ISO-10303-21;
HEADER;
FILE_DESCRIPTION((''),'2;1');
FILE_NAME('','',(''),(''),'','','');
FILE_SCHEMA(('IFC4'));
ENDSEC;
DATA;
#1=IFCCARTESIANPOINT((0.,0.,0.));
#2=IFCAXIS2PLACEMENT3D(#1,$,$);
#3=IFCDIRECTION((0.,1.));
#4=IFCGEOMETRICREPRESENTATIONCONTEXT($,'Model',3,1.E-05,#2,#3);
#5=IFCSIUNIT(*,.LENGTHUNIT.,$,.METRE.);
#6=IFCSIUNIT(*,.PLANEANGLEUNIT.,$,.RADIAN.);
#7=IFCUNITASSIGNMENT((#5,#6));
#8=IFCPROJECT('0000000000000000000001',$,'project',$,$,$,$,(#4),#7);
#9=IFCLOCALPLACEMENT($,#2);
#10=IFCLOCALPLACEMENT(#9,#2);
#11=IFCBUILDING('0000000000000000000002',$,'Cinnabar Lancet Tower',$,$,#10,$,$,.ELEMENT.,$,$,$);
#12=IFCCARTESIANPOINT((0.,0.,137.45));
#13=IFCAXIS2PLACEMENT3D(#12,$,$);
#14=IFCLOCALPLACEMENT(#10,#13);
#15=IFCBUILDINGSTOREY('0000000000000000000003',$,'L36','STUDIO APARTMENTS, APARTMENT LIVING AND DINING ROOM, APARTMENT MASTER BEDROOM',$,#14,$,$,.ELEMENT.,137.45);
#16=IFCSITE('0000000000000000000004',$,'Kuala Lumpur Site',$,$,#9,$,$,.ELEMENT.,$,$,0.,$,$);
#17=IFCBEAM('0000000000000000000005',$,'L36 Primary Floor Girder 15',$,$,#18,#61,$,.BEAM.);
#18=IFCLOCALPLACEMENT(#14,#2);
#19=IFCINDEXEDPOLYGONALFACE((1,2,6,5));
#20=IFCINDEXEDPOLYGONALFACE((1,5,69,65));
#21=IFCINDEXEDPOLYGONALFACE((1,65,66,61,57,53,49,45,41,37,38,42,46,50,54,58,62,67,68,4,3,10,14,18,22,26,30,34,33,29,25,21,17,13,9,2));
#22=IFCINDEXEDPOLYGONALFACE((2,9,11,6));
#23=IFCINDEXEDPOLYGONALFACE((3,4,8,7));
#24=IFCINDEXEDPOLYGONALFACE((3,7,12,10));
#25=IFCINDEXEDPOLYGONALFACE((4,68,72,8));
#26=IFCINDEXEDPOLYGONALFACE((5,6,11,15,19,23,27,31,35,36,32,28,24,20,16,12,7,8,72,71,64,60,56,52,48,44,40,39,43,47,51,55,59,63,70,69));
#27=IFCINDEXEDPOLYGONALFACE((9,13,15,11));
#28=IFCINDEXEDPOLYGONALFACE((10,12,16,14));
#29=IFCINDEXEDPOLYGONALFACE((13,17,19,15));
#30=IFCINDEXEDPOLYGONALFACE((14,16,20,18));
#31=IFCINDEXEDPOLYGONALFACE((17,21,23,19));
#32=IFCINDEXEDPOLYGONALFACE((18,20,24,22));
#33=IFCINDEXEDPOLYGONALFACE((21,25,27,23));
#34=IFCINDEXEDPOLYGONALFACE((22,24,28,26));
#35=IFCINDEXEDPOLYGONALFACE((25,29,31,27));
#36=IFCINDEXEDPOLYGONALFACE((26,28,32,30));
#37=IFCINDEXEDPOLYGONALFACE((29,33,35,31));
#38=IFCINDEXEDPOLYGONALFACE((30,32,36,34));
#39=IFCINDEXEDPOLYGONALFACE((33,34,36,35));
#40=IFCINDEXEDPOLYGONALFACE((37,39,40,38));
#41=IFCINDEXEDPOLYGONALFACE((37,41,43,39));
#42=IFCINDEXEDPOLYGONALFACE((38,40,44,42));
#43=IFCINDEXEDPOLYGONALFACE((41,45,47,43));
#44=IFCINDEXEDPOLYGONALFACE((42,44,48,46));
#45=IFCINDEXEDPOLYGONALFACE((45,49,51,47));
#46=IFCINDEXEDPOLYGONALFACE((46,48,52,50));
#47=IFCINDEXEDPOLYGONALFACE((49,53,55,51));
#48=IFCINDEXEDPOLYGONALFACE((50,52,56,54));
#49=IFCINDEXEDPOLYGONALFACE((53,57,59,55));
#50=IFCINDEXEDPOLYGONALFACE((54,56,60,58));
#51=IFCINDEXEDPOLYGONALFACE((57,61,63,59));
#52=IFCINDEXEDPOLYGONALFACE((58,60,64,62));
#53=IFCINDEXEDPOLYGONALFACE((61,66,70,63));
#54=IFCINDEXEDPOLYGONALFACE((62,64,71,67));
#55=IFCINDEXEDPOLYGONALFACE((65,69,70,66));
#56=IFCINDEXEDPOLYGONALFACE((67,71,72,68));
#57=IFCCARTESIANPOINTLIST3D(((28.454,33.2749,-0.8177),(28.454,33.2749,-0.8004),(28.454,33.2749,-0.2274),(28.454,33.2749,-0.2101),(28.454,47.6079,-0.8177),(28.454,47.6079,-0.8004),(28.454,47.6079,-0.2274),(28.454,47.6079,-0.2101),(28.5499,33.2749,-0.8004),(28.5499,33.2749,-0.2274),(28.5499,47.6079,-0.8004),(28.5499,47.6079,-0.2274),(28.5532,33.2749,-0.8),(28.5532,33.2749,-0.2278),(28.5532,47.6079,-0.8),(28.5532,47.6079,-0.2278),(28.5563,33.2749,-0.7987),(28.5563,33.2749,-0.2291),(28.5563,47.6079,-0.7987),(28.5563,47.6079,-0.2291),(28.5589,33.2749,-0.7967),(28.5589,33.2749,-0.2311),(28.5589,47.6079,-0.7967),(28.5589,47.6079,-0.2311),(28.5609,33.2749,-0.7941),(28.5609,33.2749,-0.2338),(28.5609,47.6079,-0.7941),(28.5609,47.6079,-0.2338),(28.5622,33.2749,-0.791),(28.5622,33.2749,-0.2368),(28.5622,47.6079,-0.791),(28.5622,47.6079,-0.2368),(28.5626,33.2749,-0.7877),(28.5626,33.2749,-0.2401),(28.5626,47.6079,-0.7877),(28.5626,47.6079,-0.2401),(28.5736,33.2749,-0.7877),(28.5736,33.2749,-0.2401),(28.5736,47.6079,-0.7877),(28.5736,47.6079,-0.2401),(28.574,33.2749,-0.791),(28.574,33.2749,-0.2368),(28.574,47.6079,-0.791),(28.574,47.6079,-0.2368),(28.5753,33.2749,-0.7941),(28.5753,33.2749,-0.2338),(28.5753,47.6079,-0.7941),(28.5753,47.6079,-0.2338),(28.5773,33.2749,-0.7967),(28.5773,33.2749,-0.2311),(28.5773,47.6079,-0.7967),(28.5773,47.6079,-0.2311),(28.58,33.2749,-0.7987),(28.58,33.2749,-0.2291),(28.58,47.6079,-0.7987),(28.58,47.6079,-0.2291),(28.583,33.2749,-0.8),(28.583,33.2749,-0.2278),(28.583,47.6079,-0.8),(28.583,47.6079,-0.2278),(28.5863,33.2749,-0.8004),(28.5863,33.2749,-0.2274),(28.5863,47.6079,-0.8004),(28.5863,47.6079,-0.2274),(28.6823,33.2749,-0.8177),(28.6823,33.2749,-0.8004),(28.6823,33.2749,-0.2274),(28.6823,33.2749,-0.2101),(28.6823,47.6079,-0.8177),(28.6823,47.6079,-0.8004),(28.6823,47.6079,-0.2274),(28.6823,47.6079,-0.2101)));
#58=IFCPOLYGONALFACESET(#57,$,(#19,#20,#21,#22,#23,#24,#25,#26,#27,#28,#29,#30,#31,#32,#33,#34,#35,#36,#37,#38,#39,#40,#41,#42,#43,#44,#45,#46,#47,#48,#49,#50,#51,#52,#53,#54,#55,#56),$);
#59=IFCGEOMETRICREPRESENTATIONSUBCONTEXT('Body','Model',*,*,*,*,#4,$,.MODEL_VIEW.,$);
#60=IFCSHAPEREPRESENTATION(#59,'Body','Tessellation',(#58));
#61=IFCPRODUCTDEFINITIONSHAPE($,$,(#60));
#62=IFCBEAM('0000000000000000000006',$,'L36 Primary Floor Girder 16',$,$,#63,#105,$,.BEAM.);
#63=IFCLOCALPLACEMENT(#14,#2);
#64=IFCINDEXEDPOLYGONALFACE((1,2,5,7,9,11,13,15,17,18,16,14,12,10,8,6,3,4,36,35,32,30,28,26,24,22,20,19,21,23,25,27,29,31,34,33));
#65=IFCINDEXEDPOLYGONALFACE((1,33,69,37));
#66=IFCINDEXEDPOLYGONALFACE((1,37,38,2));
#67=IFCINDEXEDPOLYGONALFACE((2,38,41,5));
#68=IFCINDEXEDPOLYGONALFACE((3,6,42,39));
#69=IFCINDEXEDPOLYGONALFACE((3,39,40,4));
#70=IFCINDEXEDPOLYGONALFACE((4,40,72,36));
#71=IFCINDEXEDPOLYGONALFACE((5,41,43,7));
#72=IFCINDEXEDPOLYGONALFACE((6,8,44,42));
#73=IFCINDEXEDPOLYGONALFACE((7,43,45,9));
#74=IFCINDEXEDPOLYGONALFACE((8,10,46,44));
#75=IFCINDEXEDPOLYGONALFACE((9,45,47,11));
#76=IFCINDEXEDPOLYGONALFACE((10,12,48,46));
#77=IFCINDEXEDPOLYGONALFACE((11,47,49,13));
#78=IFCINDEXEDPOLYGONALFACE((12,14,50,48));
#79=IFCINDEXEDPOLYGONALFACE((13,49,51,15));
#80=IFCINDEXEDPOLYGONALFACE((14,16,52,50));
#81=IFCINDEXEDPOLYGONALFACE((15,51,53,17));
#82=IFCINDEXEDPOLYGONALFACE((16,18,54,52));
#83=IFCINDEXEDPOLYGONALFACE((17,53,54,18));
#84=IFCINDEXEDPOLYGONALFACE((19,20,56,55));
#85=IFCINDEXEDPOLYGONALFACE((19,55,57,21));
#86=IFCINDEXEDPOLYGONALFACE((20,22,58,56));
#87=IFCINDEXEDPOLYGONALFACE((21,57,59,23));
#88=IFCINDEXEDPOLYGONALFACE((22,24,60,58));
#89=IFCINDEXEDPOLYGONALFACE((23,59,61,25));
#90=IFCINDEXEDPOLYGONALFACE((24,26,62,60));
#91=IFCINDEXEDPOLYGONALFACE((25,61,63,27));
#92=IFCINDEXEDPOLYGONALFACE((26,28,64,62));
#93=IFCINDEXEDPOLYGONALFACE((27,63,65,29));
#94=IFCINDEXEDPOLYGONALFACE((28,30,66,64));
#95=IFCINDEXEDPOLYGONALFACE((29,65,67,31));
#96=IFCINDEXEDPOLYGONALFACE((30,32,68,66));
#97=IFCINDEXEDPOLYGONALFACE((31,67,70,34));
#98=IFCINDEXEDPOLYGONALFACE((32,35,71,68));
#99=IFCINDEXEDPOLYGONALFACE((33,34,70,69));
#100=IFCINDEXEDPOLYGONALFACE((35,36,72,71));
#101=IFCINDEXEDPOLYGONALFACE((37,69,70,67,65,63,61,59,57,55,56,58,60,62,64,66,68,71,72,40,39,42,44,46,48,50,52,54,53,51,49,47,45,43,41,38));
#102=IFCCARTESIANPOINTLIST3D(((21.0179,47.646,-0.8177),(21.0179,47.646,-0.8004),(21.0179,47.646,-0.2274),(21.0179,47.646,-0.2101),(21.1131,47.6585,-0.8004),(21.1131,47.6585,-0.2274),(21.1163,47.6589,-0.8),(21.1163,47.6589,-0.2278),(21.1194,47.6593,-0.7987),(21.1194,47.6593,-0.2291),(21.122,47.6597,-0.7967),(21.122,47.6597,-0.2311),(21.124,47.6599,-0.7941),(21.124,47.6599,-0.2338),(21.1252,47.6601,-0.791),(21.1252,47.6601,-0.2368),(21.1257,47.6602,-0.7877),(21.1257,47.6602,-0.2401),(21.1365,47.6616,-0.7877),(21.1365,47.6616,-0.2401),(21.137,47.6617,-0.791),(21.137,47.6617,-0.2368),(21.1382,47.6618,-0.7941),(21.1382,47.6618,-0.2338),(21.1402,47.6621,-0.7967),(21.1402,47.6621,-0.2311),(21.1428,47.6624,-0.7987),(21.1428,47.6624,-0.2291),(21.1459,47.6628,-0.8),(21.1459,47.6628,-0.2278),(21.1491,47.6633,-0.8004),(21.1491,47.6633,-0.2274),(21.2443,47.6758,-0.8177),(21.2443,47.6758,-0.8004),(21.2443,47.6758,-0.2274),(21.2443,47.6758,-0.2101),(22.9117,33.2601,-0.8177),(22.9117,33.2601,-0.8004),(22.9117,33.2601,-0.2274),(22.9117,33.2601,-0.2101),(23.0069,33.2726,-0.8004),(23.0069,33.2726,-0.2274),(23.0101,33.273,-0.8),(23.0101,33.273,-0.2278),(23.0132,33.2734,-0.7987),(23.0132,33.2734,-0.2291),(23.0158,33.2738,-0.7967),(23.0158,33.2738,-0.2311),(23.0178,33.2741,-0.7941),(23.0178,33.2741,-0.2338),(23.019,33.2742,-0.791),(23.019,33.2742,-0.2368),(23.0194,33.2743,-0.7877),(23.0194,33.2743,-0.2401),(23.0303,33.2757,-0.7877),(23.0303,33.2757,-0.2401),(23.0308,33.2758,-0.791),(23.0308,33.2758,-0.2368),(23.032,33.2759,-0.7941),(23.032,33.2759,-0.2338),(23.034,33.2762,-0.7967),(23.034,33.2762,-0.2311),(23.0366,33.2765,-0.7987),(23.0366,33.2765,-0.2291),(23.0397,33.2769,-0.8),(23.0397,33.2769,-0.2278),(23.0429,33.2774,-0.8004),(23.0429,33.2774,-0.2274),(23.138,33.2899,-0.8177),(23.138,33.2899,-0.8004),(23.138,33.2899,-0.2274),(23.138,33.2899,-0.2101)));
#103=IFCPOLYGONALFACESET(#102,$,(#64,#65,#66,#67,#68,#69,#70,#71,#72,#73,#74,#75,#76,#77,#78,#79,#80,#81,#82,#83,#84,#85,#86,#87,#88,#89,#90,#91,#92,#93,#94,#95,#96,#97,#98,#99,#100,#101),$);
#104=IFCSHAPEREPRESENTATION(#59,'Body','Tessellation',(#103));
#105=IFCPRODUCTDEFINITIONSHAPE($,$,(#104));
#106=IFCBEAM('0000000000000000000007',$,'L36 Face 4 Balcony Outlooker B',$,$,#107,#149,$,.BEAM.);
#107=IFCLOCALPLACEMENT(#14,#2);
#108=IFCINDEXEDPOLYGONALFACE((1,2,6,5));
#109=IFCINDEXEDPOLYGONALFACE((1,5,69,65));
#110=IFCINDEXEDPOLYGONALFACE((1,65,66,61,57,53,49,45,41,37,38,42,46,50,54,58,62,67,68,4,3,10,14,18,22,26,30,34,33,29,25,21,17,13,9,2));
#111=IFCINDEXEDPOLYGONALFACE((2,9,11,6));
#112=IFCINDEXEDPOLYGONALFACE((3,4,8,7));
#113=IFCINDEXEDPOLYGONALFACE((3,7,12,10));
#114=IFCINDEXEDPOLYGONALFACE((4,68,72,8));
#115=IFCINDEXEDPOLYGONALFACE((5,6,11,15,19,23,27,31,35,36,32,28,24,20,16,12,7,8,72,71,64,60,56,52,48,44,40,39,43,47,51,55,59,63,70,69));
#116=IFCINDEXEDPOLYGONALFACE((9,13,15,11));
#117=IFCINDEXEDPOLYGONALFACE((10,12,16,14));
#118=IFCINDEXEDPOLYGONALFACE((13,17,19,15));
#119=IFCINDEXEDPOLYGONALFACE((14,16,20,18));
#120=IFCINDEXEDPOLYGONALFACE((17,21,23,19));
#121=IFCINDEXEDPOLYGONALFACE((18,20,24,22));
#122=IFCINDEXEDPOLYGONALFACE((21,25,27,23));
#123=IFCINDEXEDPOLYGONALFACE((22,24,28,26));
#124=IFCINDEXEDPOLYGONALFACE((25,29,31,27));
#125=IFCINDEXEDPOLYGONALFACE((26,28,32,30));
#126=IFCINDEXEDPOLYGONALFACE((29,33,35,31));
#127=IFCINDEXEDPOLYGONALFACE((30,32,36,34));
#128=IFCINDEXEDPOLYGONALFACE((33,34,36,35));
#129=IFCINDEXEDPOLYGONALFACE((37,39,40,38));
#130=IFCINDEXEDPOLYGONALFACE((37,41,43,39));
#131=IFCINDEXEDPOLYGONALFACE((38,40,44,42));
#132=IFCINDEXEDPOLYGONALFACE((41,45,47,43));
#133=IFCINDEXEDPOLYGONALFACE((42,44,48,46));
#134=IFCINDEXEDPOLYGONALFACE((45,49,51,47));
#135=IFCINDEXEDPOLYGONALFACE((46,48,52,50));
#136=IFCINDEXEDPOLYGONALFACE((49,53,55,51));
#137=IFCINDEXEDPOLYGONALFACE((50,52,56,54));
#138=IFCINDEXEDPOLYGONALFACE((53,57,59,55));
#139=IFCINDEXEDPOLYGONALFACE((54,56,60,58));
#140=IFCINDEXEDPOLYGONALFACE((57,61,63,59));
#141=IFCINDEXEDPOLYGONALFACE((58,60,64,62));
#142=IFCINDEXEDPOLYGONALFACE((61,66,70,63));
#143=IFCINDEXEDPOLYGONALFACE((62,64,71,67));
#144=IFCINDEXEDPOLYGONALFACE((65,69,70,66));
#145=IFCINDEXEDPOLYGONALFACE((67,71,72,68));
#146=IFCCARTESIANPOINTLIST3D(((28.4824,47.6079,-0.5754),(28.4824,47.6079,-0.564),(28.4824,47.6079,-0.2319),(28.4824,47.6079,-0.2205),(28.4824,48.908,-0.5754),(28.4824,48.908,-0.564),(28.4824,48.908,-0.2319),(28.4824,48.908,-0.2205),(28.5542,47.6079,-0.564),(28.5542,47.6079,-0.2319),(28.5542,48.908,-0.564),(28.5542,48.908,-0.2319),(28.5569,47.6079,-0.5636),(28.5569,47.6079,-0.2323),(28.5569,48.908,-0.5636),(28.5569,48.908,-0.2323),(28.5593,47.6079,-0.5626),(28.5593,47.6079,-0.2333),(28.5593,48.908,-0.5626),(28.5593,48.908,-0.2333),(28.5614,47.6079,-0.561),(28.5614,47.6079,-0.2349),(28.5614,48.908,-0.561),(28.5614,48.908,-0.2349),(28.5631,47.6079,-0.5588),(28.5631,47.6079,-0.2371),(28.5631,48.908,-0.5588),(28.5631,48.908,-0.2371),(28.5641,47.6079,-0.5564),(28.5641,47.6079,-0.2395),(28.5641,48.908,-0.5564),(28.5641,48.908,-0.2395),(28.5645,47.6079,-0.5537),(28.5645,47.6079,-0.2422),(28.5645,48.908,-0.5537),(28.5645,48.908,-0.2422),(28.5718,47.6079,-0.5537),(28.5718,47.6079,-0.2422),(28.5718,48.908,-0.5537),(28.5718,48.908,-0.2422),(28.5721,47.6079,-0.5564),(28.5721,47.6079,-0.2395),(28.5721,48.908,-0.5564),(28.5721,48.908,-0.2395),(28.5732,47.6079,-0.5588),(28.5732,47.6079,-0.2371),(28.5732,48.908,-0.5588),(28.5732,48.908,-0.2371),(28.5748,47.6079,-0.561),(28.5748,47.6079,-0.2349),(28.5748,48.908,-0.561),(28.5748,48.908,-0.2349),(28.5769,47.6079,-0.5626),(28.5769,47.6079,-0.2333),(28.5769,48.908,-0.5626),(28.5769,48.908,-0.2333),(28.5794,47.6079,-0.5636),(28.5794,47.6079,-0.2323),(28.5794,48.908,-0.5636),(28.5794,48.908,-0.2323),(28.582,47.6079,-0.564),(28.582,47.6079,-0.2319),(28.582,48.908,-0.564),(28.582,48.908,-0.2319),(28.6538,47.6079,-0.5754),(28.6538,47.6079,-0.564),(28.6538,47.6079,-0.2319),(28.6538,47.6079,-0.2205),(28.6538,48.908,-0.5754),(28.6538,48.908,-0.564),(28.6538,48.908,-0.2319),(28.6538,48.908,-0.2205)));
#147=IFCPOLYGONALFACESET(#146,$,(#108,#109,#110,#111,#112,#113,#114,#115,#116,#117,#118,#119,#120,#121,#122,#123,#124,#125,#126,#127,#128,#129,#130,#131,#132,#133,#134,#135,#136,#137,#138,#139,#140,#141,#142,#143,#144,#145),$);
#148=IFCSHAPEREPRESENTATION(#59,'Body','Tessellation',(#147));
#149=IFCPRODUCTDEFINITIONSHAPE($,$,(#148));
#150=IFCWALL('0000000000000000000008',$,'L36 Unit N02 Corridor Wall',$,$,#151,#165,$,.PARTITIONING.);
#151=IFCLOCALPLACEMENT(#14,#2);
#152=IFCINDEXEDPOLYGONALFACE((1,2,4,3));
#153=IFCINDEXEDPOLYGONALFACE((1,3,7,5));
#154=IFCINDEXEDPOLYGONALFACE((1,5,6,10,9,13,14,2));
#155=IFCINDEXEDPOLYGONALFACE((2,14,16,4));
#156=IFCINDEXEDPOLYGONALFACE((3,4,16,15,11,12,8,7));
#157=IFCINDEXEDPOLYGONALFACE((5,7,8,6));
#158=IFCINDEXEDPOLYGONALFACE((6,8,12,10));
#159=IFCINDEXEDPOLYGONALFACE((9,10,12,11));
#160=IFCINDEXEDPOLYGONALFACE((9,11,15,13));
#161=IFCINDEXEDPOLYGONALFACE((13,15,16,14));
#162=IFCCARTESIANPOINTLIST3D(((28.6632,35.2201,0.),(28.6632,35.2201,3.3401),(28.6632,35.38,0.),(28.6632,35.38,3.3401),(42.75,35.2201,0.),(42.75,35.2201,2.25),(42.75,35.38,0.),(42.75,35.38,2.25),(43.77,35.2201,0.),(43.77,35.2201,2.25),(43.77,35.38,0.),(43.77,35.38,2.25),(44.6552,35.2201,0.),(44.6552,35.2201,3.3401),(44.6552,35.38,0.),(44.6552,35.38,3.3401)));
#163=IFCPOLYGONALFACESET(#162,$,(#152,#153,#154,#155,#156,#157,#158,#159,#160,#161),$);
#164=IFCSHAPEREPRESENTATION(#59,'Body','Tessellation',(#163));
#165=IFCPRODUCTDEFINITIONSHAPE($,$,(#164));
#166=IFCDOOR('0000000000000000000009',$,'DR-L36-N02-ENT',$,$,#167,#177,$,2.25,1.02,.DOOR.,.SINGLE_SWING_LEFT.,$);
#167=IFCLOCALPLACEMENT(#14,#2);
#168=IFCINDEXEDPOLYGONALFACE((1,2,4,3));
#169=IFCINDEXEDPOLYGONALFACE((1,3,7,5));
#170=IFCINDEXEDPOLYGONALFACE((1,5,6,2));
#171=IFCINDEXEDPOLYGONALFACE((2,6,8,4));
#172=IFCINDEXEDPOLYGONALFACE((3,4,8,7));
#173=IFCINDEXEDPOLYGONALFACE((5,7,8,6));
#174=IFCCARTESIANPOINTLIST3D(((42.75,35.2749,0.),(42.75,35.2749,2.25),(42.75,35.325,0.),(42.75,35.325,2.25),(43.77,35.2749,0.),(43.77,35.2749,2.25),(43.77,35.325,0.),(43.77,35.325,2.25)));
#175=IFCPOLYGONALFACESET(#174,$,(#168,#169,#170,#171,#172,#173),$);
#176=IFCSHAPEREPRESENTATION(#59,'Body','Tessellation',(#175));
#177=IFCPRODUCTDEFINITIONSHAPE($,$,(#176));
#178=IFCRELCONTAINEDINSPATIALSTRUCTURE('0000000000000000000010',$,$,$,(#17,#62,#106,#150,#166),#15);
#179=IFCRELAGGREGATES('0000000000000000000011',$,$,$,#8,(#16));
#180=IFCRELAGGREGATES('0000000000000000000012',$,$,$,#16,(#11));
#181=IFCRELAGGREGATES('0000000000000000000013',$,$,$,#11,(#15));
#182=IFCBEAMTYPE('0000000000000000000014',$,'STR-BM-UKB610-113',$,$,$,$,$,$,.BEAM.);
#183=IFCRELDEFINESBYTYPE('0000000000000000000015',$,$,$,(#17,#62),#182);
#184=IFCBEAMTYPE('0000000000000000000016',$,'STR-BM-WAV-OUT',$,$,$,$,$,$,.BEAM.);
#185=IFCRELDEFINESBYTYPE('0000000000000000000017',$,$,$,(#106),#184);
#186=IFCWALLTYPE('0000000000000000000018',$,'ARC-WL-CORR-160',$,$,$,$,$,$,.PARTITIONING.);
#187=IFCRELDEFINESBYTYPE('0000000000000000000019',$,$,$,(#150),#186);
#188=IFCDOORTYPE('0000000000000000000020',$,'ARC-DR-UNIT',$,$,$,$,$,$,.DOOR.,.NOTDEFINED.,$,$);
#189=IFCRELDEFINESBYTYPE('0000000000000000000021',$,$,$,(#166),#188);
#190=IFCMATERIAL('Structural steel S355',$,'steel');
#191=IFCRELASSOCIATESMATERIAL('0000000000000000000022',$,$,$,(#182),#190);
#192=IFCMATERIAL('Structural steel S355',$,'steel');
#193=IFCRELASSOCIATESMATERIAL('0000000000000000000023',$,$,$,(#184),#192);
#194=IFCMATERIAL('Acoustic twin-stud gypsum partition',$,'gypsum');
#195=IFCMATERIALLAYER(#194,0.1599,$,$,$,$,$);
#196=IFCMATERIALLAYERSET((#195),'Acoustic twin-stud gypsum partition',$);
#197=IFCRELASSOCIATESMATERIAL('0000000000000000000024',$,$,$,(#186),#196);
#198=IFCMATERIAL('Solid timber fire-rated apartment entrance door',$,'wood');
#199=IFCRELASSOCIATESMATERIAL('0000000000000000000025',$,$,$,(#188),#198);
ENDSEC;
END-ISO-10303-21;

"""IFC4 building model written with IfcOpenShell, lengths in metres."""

from ifc_helpers import new_model, si_unit, direction, frame, frame_2d, origin, origin_2d, place, context, subcontext, project, spatial, rectangle, i_section, extrude, material, layer, layer_set, material_profile, profile_set, type_object, element, fill, save


model = new_model("IFC4")

# Units and contexts
model_context = context("Model", 3, precision=1e-05, world=origin(), true_north=direction((0.0, 1.0)))
body_context = subcontext(model_context, "Body", "Model", "MODEL_VIEW")
ifc_project = project(units=[si_unit("LENGTHUNIT", "METRE"), si_unit("PLANEANGLEUNIT", "RADIAN")], contexts=[model_context])

# Site, building, storey
site_placement = place(None, origin())
site = spatial("IfcSite", under=ifc_project, at=site_placement, Name="Kuala Lumpur Site", CompositionType="ELEMENT", RefElevation=0.0)
building_placement = place(site_placement, origin())
building = spatial("IfcBuilding", under=site, at=building_placement, Name="Cinnabar Lancet Tower", CompositionType="ELEMENT")
storey_placement = place(building_placement, frame((0.0, 0.0, 137.45)))
storey = spatial("IfcBuildingStorey", under=building, at=storey_placement, Name="L36", Description="STUDIO APARTMENTS, APARTMENT LIVING AND DINING ROOM, APARTMENT MASTER BEDROOM", CompositionType="ELEMENT", Elevation=137.45)

# Beams
ifc_material_1 = material(Name="Structural steel S355", Category="steel")
ifc_material_profile_1 = material_profile(ifc_material_1, i_section(OverallWidth=0.2283, OverallDepth=0.6077, WebThickness=0.011, FlangeThickness=0.0173, FilletRadius=0.0127, at=origin_2d()), Name="UKB 610x229x113")
ifc_profile_set_1 = profile_set([ifc_material_profile_1], Name="Structural steel S355")
beam_type_1 = type_object("IfcBeamType", Name="STR-BM-UKB610-113", PredefinedType="BEAM", material=ifc_profile_set_1)
beam_1_placement = place(storey_placement, frame((28.5681, 47.6079, -0.5139), z_axis=(0.0, -1.0, 0.0), x_axis=(1.0, 0.0, 0.0)))
element("IfcBeam", 1, at=beam_1_placement, inside=storey, type_object=beam_type_1, Name="L36 Primary Floor Girder 15", PredefinedType="BEAM", context=body_context, shape_type="SweptSolid", body=[
    extrude(i_section(OverallWidth=0.2283, OverallDepth=0.6077, WebThickness=0.011, FlangeThickness=0.0173, FilletRadius=0.0127, at=origin_2d()), origin(), (0.0, 0.0, 1.0), 14.333),
])
beam_2_placement = place(storey_placement, frame((21.1311, 47.6609, -0.5139), z_axis=(0.130516, -0.991446, 0.0), x_axis=(0.991446, 0.130516, 0.0)))
element("IfcBeam", 2, at=beam_2_placement, inside=storey, type_object=beam_type_1, Name="L36 Primary Floor Girder 16", PredefinedType="BEAM", context=body_context, shape_type="SweptSolid", body=[
    extrude(i_section(OverallWidth=0.2283, OverallDepth=0.6077, WebThickness=0.011, FlangeThickness=0.0173, FilletRadius=0.0127, at=origin_2d()), origin(), (0.0, 0.0, 1.0), 14.51),
])
ifc_material_2 = material(Name="Structural steel S355", Category="steel")
ifc_material_profile_2 = material_profile(ifc_material_2, i_section(OverallWidth=0.1714, OverallDepth=0.355, WebThickness=0.0073, FlangeThickness=0.0115, FilletRadius=0.0103, at=origin_2d()), Name="UKB 356x171x51")
ifc_profile_set_2 = profile_set([ifc_material_profile_2], Name="Structural steel S355")
beam_type_2 = type_object("IfcBeamType", Name="STR-BM-WAV-OUT", PredefinedType="BEAM", material=ifc_profile_set_2)
beam_3_placement = place(storey_placement, frame((28.5681, 47.6079, -0.3979), z_axis=(0.0, 1.0, 0.0), x_axis=(-1.0, 0.0, 0.0)))
element("IfcBeam", 3, at=beam_3_placement, inside=storey, type_object=beam_type_2, Name="L36 Face 4 Balcony Outlooker B", PredefinedType="BEAM", context=body_context, shape_type="SweptSolid", body=[
    extrude(i_section(OverallWidth=0.1714, OverallDepth=0.355, WebThickness=0.0073, FlangeThickness=0.0115, FilletRadius=0.0103, at=origin_2d()), origin(), (0.0, 0.0, 1.0), 1.3),
])

# Wall, opening, door
ifc_material_3 = material(Name="Acoustic twin-stud gypsum partition", Category="gypsum")
ifc_layer_1 = layer(ifc_material_3, 0.1599)
ifc_layer_set_1 = layer_set([ifc_layer_1], Name="Acoustic twin-stud gypsum partition")
wall_type_1 = type_object("IfcWallType", Name="ARC-WL-CORR-160", PredefinedType="PARTITIONING", material=ifc_layer_set_1)
wall_1_placement = place(storey_placement, frame((28.6631, 35.3, 0.0), z_axis=(0.0, 0.0, 1.0), x_axis=(1.0, 0.0, 0.0)))
wall_1 = element("IfcWall", 4, at=wall_1_placement, inside=storey, type_object=wall_type_1, Name="L36 Unit N02 Corridor Wall", PredefinedType="PARTITIONING", context=body_context, shape_type="SweptSolid", body=[
    extrude(rectangle(XDim=15.9919, YDim=0.1599, at=frame_2d((7.9961, 0.0))), origin(), (0.0, 0.0, 1.0), 3.3401),
])
opening_1_placement = place(wall_1_placement, frame((14.0869, 0.0, 0.0)))
opening_1 = element("IfcOpeningElement", 5, at=opening_1_placement, cuts=wall_1, PredefinedType="OPENING", context=body_context, shape_type="SweptSolid", body=[
    extrude(rectangle(XDim=1.02, YDim=2.25, at=frame_2d((0.51, 1.125))), frame((0.0, 0.0898, 0.0), z_axis=(0.0, -1.0, 0.0), x_axis=(1.0, 0.0, 0.0)), (0.0, 0.0, 1.0), 0.1799),
])
ifc_material_4 = material(Name="Solid timber fire-rated apartment entrance door", Category="wood")
door_type_1 = type_object("IfcDoorType", Name="ARC-DR-UNIT", OperationType="NOTDEFINED", PredefinedType="DOOR", material=ifc_material_4)
door_1_placement = place(opening_1_placement, origin())
door_1 = element("IfcDoor", 6, at=door_1_placement, inside=storey, type_object=door_type_1, Name="DR-L36-N02-ENT", OperationType="SINGLE_SWING_LEFT", OverallHeight=2.25, OverallWidth=1.02, PredefinedType="DOOR", context=body_context, shape_type="SweptSolid", body=[
    extrude(rectangle(XDim=1.02, YDim=2.25, at=frame_2d((0.51, 1.125))), frame((0.0, 0.0249, 0.0), z_axis=(0.0, -1.0, 0.0), x_axis=(1.0, 0.0, 0.0)), (0.0, 0.0, 1.0), 0.05),
])
fill(opening_1, door_1)

save(model, "model.ifc")
